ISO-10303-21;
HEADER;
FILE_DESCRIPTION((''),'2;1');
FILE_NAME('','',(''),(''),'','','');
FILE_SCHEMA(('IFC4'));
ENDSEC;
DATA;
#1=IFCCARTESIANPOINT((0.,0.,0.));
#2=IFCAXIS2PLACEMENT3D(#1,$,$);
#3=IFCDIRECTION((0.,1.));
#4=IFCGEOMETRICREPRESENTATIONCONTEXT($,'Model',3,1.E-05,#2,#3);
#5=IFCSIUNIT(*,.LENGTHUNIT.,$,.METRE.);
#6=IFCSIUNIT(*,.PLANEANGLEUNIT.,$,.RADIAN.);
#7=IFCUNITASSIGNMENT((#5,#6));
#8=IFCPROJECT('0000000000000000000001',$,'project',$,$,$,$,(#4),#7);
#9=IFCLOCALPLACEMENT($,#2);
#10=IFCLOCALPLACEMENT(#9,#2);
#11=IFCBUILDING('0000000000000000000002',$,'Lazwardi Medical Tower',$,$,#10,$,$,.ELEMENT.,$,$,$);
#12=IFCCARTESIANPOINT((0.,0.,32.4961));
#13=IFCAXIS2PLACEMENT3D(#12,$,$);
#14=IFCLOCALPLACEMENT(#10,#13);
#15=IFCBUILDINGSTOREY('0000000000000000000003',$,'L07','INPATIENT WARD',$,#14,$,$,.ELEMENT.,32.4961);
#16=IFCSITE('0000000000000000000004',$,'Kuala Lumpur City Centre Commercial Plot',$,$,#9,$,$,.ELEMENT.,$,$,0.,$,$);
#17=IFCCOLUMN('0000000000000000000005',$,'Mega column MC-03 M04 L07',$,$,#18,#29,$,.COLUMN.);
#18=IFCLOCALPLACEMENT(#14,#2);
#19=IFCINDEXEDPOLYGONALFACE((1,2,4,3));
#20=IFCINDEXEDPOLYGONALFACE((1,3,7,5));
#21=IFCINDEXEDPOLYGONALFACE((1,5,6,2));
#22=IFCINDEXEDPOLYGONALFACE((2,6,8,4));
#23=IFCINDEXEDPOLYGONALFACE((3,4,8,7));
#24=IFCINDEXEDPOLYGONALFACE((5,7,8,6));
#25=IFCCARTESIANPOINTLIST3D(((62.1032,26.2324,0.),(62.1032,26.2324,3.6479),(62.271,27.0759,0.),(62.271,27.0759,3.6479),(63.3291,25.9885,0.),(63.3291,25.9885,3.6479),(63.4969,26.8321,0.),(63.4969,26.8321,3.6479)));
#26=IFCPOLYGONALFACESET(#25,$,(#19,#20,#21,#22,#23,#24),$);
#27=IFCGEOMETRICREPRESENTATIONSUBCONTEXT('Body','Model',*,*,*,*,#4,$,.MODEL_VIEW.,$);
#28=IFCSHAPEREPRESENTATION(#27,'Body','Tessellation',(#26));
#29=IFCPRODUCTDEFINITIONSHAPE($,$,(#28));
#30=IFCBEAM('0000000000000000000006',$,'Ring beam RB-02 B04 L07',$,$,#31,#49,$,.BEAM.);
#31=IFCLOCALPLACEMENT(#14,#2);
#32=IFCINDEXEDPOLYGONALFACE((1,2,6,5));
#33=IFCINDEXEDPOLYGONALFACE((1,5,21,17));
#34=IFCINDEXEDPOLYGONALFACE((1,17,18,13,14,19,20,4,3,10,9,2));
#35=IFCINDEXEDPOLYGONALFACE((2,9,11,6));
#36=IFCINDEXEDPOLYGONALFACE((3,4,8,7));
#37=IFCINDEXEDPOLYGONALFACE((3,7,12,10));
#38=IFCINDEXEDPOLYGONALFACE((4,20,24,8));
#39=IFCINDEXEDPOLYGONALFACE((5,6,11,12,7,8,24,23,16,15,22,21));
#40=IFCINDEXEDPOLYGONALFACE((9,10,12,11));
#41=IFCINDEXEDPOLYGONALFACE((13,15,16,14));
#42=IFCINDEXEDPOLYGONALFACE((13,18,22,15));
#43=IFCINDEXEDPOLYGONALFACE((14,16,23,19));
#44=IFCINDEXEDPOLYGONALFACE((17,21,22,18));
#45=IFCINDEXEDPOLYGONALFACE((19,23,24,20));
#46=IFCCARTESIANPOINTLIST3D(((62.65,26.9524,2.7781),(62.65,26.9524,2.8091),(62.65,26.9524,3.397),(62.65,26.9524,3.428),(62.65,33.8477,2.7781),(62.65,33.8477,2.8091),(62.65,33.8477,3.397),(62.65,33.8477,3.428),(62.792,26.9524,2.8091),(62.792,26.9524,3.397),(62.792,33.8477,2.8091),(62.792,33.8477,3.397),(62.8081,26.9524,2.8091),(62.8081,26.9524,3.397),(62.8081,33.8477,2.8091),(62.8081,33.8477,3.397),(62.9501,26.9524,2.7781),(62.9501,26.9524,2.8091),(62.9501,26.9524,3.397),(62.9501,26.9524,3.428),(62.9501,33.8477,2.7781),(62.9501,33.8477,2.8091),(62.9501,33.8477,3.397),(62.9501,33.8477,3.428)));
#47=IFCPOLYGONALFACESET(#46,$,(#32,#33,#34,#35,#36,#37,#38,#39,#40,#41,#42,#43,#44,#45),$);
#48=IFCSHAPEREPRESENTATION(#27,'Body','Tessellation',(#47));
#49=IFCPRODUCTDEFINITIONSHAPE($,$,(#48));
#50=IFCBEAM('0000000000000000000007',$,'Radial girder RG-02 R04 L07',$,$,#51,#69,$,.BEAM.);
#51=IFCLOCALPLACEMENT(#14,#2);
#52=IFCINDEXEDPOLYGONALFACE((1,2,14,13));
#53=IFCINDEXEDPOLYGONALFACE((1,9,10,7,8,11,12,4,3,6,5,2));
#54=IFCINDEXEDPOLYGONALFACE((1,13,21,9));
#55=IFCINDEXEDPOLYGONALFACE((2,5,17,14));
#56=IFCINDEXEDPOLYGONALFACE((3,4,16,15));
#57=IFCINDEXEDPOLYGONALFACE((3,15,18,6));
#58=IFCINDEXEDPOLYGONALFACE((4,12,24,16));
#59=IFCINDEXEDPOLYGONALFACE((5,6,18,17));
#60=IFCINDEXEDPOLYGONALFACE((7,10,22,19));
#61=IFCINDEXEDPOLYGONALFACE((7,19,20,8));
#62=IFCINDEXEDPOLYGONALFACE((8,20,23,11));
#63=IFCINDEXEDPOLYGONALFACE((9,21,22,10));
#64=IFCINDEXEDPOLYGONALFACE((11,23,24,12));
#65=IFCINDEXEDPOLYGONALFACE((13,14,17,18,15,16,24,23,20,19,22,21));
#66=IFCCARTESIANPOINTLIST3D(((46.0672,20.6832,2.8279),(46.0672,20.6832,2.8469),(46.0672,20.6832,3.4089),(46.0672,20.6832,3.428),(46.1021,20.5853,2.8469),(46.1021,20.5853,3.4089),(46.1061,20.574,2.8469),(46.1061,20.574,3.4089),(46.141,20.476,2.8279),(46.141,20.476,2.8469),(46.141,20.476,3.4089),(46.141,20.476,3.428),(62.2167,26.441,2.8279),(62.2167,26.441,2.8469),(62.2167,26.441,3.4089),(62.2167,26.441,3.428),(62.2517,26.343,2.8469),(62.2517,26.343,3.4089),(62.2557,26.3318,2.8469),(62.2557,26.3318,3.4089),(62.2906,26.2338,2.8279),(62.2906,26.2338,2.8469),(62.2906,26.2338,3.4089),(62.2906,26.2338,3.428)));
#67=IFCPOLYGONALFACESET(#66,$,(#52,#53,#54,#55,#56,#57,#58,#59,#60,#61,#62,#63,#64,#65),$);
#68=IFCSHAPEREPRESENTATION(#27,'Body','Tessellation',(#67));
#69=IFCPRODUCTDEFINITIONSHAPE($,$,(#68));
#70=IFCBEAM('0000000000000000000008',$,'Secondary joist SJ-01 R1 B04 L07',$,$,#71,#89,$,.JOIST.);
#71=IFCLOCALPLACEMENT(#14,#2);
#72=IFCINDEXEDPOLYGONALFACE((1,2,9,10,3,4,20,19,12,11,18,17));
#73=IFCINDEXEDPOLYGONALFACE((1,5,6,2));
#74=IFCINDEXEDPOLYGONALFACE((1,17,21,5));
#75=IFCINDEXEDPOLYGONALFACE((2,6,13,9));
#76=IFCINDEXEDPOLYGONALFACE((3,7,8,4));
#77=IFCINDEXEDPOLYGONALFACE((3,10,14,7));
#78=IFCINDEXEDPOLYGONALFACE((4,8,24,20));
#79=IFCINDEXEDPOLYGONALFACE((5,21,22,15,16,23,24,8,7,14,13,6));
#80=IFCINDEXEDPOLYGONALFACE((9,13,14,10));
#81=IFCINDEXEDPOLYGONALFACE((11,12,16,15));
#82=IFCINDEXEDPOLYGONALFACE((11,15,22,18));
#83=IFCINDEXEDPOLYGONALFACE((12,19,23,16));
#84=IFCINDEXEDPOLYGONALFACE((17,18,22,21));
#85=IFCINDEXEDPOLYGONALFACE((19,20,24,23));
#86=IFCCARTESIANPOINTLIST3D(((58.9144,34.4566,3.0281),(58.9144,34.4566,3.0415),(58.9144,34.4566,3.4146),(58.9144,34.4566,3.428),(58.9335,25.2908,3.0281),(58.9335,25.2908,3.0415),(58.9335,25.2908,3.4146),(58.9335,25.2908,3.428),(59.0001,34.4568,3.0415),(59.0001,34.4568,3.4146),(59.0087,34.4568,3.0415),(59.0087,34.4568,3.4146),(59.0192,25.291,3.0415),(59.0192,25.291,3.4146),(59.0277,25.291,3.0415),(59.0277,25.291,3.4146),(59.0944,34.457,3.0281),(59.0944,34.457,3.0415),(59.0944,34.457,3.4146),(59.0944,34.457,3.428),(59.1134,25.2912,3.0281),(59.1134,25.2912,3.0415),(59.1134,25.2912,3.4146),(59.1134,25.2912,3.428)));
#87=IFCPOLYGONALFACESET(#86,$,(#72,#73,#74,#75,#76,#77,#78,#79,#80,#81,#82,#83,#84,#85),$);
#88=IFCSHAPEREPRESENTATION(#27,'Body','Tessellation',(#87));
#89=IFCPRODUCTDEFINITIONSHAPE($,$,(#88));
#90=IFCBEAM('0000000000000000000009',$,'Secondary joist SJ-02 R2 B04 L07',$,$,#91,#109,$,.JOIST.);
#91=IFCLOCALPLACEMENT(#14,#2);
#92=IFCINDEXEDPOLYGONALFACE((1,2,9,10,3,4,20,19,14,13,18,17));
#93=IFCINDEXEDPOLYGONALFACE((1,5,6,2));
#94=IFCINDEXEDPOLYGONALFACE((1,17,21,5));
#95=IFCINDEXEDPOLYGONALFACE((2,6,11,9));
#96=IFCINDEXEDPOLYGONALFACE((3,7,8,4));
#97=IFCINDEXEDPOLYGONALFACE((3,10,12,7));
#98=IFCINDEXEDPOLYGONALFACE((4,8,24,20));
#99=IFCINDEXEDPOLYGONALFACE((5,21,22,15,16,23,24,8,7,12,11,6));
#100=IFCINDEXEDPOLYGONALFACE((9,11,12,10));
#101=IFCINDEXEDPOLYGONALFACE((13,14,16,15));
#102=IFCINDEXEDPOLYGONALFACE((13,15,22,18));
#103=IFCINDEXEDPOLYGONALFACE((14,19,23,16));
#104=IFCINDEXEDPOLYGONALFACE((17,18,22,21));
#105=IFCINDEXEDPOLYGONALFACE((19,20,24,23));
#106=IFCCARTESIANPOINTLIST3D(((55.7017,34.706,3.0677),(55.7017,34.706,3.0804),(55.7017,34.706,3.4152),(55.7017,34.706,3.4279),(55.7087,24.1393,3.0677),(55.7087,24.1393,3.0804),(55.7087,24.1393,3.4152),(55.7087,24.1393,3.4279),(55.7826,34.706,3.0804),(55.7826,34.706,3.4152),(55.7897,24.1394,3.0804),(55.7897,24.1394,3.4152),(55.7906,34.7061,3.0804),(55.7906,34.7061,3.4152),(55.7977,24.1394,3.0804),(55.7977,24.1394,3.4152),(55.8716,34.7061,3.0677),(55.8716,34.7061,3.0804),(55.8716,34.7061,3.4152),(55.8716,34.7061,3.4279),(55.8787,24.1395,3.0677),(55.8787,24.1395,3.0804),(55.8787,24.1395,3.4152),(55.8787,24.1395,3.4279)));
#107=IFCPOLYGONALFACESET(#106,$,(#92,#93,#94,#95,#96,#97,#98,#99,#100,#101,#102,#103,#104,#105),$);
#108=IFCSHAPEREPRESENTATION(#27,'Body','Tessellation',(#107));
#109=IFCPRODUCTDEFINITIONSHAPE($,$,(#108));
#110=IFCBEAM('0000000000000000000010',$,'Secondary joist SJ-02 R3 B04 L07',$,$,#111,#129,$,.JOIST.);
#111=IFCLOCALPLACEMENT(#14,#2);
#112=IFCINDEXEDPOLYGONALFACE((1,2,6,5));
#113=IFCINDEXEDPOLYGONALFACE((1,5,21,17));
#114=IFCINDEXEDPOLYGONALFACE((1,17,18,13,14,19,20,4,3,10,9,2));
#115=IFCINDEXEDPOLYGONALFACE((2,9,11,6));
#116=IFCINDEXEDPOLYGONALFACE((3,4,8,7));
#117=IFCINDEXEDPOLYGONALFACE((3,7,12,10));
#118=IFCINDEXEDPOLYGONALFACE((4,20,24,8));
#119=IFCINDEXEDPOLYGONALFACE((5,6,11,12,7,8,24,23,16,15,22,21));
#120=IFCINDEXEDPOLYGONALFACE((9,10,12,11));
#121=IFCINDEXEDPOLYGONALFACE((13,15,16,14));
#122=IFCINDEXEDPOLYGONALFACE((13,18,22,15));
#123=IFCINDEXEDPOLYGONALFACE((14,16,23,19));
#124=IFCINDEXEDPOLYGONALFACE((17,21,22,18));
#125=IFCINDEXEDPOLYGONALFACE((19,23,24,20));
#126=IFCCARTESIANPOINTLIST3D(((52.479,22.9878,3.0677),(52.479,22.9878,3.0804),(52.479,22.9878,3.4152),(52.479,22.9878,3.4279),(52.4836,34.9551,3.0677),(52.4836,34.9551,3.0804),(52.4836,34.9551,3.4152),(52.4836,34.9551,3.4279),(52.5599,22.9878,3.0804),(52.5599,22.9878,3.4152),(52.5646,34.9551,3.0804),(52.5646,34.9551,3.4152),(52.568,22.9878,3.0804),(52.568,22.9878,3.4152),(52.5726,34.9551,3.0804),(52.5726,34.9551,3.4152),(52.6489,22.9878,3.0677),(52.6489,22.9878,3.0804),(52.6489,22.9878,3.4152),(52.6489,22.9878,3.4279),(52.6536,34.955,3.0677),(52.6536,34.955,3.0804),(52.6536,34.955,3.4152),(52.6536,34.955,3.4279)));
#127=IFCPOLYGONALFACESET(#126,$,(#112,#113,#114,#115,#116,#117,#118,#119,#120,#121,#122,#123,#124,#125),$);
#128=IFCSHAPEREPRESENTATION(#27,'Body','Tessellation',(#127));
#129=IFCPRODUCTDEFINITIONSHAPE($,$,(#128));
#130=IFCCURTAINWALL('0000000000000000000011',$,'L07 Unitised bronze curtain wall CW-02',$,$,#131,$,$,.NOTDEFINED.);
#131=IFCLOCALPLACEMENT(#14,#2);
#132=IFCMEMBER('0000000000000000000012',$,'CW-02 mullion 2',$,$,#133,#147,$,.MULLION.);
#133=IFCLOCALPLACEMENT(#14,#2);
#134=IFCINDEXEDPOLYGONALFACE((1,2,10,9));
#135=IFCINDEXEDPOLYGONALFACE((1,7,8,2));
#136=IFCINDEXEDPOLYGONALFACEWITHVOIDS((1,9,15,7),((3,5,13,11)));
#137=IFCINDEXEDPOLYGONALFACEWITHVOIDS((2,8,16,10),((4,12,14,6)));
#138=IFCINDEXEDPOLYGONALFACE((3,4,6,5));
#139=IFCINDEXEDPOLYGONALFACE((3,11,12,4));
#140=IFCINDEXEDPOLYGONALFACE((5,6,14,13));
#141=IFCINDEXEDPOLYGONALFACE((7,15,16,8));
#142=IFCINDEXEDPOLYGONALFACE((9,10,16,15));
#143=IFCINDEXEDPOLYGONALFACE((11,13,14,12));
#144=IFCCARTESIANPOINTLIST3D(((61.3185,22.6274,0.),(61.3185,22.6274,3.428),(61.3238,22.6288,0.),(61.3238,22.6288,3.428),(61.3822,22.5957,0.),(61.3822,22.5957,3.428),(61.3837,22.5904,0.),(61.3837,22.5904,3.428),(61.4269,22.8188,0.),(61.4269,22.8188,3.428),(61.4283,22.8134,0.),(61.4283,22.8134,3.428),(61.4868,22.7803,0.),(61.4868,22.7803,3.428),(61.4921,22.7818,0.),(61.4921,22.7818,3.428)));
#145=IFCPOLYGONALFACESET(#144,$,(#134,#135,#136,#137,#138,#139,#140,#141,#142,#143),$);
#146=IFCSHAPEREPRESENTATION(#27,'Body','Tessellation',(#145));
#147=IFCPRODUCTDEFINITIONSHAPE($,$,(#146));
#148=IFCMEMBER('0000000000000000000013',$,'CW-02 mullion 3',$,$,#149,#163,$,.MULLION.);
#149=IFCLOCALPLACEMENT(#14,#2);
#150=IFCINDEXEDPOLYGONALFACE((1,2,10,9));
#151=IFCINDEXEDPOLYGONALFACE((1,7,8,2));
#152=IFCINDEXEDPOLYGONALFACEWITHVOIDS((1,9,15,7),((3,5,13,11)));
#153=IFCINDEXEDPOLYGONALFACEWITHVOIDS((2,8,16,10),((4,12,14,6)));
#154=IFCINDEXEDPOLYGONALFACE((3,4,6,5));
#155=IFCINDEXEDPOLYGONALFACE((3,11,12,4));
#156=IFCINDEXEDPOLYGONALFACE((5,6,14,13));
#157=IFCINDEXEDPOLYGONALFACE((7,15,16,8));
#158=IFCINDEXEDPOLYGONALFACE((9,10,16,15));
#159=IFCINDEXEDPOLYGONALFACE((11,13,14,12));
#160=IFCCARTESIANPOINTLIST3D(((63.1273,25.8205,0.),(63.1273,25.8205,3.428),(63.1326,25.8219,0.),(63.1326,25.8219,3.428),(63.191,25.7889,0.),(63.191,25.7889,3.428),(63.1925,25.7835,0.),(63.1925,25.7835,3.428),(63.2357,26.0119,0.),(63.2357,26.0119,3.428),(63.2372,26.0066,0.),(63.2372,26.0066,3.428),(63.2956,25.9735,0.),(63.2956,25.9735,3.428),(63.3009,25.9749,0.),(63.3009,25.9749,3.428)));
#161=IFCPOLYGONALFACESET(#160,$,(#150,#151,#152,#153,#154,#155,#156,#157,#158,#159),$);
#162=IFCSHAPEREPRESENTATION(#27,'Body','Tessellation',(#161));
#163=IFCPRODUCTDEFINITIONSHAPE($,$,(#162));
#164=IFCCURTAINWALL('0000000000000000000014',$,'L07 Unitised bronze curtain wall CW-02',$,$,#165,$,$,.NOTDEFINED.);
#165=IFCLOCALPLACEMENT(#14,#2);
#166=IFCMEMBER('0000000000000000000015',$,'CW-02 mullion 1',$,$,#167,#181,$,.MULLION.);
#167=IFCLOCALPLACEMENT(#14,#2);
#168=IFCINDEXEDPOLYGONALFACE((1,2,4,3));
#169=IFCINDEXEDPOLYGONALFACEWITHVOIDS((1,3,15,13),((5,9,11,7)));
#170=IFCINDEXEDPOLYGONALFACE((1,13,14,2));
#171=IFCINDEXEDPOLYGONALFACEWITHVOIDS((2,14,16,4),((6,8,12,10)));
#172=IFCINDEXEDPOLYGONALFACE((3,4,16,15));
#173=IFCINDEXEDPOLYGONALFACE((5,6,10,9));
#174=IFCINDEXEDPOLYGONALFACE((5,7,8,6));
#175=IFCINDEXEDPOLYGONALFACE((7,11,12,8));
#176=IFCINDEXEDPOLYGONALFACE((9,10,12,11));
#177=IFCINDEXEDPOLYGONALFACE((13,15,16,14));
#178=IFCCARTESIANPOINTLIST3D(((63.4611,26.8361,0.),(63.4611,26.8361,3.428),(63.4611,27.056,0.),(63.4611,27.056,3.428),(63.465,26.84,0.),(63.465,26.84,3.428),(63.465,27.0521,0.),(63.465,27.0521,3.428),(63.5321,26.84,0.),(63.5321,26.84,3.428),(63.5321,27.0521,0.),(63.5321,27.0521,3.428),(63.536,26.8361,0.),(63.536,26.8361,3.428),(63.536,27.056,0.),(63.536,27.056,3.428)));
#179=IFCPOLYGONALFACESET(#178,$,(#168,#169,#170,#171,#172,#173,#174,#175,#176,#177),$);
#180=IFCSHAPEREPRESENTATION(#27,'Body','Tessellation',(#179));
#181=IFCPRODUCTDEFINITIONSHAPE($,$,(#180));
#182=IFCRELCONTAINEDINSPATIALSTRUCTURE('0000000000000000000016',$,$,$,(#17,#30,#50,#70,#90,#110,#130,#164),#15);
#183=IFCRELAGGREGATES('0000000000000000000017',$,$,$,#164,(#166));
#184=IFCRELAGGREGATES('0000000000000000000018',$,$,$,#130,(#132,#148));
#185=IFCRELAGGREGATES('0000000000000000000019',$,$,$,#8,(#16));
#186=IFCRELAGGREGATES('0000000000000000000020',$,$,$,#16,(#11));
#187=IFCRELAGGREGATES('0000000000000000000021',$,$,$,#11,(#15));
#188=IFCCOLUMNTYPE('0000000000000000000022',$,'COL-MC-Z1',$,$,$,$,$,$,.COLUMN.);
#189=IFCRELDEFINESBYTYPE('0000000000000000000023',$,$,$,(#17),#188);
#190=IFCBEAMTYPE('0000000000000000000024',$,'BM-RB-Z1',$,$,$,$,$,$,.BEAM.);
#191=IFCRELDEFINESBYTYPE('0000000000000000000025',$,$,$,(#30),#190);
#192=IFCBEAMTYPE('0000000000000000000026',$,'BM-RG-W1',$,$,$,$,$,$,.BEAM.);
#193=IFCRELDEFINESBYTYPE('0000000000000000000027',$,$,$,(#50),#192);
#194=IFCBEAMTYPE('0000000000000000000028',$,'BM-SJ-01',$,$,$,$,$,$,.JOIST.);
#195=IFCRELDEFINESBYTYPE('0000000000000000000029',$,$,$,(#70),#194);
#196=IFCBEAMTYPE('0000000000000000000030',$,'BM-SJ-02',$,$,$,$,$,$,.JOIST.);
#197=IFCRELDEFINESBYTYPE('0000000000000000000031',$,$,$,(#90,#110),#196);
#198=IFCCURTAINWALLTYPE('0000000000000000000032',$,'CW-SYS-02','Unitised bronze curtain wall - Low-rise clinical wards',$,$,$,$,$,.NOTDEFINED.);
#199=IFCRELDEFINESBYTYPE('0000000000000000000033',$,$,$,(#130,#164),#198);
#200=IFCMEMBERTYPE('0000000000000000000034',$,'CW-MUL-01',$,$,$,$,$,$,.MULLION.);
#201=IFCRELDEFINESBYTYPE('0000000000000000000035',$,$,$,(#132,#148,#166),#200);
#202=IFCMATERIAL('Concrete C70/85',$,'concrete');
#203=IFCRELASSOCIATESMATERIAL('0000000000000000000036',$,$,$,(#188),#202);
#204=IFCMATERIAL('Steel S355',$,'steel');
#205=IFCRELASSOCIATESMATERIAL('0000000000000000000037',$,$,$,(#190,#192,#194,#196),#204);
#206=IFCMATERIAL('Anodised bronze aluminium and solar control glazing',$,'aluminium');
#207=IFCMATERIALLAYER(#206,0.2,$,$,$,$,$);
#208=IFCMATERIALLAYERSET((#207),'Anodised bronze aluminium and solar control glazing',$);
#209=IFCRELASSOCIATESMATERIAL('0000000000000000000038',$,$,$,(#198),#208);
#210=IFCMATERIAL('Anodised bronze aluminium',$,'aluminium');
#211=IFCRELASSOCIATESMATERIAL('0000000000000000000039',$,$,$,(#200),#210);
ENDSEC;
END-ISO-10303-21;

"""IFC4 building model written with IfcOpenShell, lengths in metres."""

from ifc_helpers import new_model, si_unit, direction, frame, origin, origin_2d, place, context, subcontext, project, spatial, rectangle, hollow_rectangle, i_section, extrude, material, layer, layer_set, material_profile, profile_set, type_object, element, aggregate, save


model = new_model("IFC4")

# Units and contexts
model_context = context("Model", 3, precision=1e-05, world=origin(), true_north=direction((0.0, 1.0)))
body_context = subcontext(model_context, "Body", "Model", "MODEL_VIEW")
ifc_project = project(units=[si_unit("LENGTHUNIT", "METRE"), si_unit("PLANEANGLEUNIT", "RADIAN")], contexts=[model_context])

# Site, building, storey
site_placement = place(None, origin())
site = spatial("IfcSite", under=ifc_project, at=site_placement, Name="Kuala Lumpur City Centre Commercial Plot", CompositionType="ELEMENT", RefElevation=0.0)
building_placement = place(site_placement, origin())
building = spatial("IfcBuilding", under=site, at=building_placement, Name="Lazwardi Medical Tower", CompositionType="ELEMENT")
storey_placement = place(building_placement, frame((0.0, 0.0, 32.4961)))
storey = spatial("IfcBuildingStorey", under=building, at=storey_placement, Name="L07", Description="INPATIENT WARD", CompositionType="ELEMENT", Elevation=32.4961)

# Column
ifc_material_1 = material(Name="Concrete C70/85", Category="concrete")
ifc_material_profile_1 = material_profile(ifc_material_1, rectangle(XDim=1.25, YDim=0.8601, at=origin_2d()), Name="CFT-RECT 1250x860")
ifc_profile_set_1 = profile_set([ifc_material_profile_1], Name="Concrete C70/85")
column_type = type_object("IfcColumnType", Name="COL-MC-Z1", PredefinedType="COLUMN", material=ifc_profile_set_1)
column_placement = place(storey_placement, frame((62.8, 26.5322, 0.0), z_axis=(0.0, 0.0, 1.0), x_axis=(0.980785, -0.19509, 0.0)))
element("IfcColumn", 1, at=column_placement, inside=storey, type_object=column_type, Name="Mega column MC-03 M04 L07", PredefinedType="COLUMN", context=body_context, shape_type="SweptSolid", body=[
    extrude(rectangle(XDim=1.25, YDim=0.8601, at=origin_2d()), origin(), (0.0, 0.0, 1.0), 3.6479),
])

# Beams
ifc_material_2 = material(Name="Steel S355", Category="steel")
ifc_material_profile_2 = material_profile(ifc_material_2, i_section(OverallWidth=0.3, OverallDepth=0.6499, WebThickness=0.0161, FlangeThickness=0.031, at=origin_2d()), Name="HEB 650")
ifc_profile_set_2 = profile_set([ifc_material_profile_2], Name="Steel S355")
beam_type_1 = type_object("IfcBeamType", Name="BM-RB-Z1", PredefinedType="BEAM", material=ifc_profile_set_2)
beam_1_placement = place(storey_placement, frame((62.8, 26.9524, 3.103), z_axis=(0.0, 1.0, 0.0), x_axis=(-1.0, 0.0, 0.0)))
element("IfcBeam", 2, at=beam_1_placement, inside=storey, type_object=beam_type_1, Name="Ring beam RB-02 B04 L07", PredefinedType="BEAM", context=body_context, shape_type="SweptSolid", body=[
    extrude(i_section(OverallWidth=0.3, OverallDepth=0.6499, WebThickness=0.0161, FlangeThickness=0.031, at=origin_2d()), origin(), (0.0, 0.0, 1.0), 6.8953),
])
ifc_material_profile_3 = material_profile(ifc_material_2, i_section(OverallWidth=0.22, OverallDepth=0.6001, WebThickness=0.012, FlangeThickness=0.019, at=origin_2d()), Name="IPE 600")
ifc_profile_set_3 = profile_set([ifc_material_profile_3], Name="Steel S355")
beam_type_2 = type_object("IfcBeamType", Name="BM-RG-W1", PredefinedType="BEAM", material=ifc_profile_set_3)
beam_2_placement = place(storey_placement, frame((62.2537, 26.3374, 3.1279), z_axis=(-0.941925, -0.335823, 0.0), x_axis=(0.335823, -0.941925, 0.0)))
element("IfcBeam", 3, at=beam_2_placement, inside=storey, type_object=beam_type_2, Name="Radial girder RG-02 R04 L07", PredefinedType="BEAM", context=body_context, shape_type="SweptSolid", body=[
    extrude(i_section(OverallWidth=0.22, OverallDepth=0.6001, WebThickness=0.012, FlangeThickness=0.019, at=origin_2d()), origin(), (0.0, 0.0, 1.0), 17.1453),
])
ifc_material_profile_4 = material_profile(ifc_material_2, i_section(OverallWidth=0.1799, OverallDepth=0.3999, WebThickness=0.0085, FlangeThickness=0.0134, at=origin_2d()), Name="IPE 400")
ifc_profile_set_4 = profile_set([ifc_material_profile_4], Name="Steel S355")
beam_type_3 = type_object("IfcBeamType", Name="BM-SJ-01", PredefinedType="JOIST", material=ifc_profile_set_4)
beam_3_placement = place(storey_placement, frame((59.0234, 25.291, 3.228), z_axis=(-0.002078, 0.999998, 0.0), x_axis=(-0.999998, -0.002078, 0.0)))
element("IfcBeam", 4, at=beam_3_placement, inside=storey, type_object=beam_type_3, Name="Secondary joist SJ-01 R1 B04 L07", PredefinedType="JOIST", context=body_context, shape_type="SweptSolid", body=[
    extrude(i_section(OverallWidth=0.1799, OverallDepth=0.3999, WebThickness=0.0085, FlangeThickness=0.0134, at=origin_2d()), origin(), (0.0, 0.0, 1.0), 9.1658),
])
ifc_material_profile_5 = material_profile(ifc_material_2, i_section(OverallWidth=0.1699, OverallDepth=0.3601, WebThickness=0.0081, FlangeThickness=0.0127, at=origin_2d()), Name="IPE 360")
ifc_profile_set_5 = profile_set([ifc_material_profile_5], Name="Steel S355")
beam_type_4 = type_object("IfcBeamType", Name="BM-SJ-02", PredefinedType="JOIST", material=ifc_profile_set_5)
beam_4_placement = place(storey_placement, frame((55.7937, 24.1394, 3.2478), z_axis=(-0.00067, 1.0, 0.0), x_axis=(-1.0, -0.00067, 0.0)))
element("IfcBeam", 5, at=beam_4_placement, inside=storey, type_object=beam_type_4, Name="Secondary joist SJ-02 R2 B04 L07", PredefinedType="JOIST", context=body_context, shape_type="SweptSolid", body=[
    extrude(i_section(OverallWidth=0.1699, OverallDepth=0.3601, WebThickness=0.0081, FlangeThickness=0.0127, at=origin_2d()), origin(), (0.0, 0.0, 1.0), 10.5667),
])
beam_5_placement = place(storey_placement, frame((52.564, 22.9878, 3.2478), z_axis=(0.000388, 1.0, 0.0), x_axis=(-1.0, 0.000388, 0.0)))
element("IfcBeam", 6, at=beam_5_placement, inside=storey, type_object=beam_type_4, Name="Secondary joist SJ-02 R3 B04 L07", PredefinedType="JOIST", context=body_context, shape_type="SweptSolid", body=[
    extrude(i_section(OverallWidth=0.1699, OverallDepth=0.3601, WebThickness=0.0081, FlangeThickness=0.0127, at=origin_2d()), origin(), (0.0, 0.0, 1.0), 11.9673),
])

# Curtain wall, members
ifc_material_3 = material(Name="Anodised bronze aluminium and solar control glazing", Category="aluminium")
ifc_layer_1 = layer(ifc_material_3, 0.2)
ifc_layer_set_1 = layer_set([ifc_layer_1], Name="Anodised bronze aluminium and solar control glazing")
curtain_wall_type = type_object("IfcCurtainWallType", Name="CW-SYS-02", Description="Unitised bronze curtain wall - Low-rise clinical wards", PredefinedType="NOTDEFINED", material=ifc_layer_set_1)
curtain_wall_1_placement = place(storey_placement, origin())
curtain_wall_1 = element("IfcCurtainWall", 7, at=curtain_wall_1_placement, inside=storey, type_object=curtain_wall_type, Name="L07 Unitised bronze curtain wall CW-02", PredefinedType="NOTDEFINED")
ifc_material_4 = material(Name="Anodised bronze aluminium", Category="aluminium")
ifc_material_profile_6 = material_profile(ifc_material_4, hollow_rectangle(XDim=0.075, YDim=0.22, WallThickness=0.0039, at=origin_2d()), Name="ALU-MULLION 220x75x4")
ifc_profile_set_6 = profile_set([ifc_material_profile_6], Name="Anodised bronze aluminium")
member_type_1 = type_object("IfcMemberType", Name="CW-MUL-01", PredefinedType="MULLION", material=ifc_profile_set_6)
member_1_placement = place(storey_placement, frame((61.4053, 22.7046, 0.0), z_axis=(0.0, 0.0, 1.0), x_axis=(-0.870112, 0.492854, 0.0)))
member_1 = element("IfcMember", 8, at=member_1_placement, type_object=member_type_1, Name="CW-02 mullion 2", PredefinedType="MULLION", context=body_context, shape_type="SweptSolid", body=[
    extrude(hollow_rectangle(XDim=0.075, YDim=0.22, WallThickness=0.0039, at=origin_2d()), origin(), (0.0, 0.0, 1.0), 3.428),
])
member_2_placement = place(storey_placement, frame((63.2141, 25.8977, 0.0), z_axis=(0.0, 0.0, 1.0), x_axis=(-0.870112, 0.492854, 0.0)))
member_2 = element("IfcMember", 9, at=member_2_placement, type_object=member_type_1, Name="CW-02 mullion 3", PredefinedType="MULLION", context=body_context, shape_type="SweptSolid", body=[
    extrude(hollow_rectangle(XDim=0.075, YDim=0.22, WallThickness=0.0039, at=origin_2d()), origin(), (0.0, 0.0, 1.0), 3.428),
])

# Curtain wall, member
curtain_wall_2_placement = place(storey_placement, origin())
curtain_wall_2 = element("IfcCurtainWall", 10, at=curtain_wall_2_placement, inside=storey, type_object=curtain_wall_type, Name="L07 Unitised bronze curtain wall CW-02", PredefinedType="NOTDEFINED")
member_3_placement = place(storey_placement, frame((63.4985, 26.946, 0.0), z_axis=(0.0, 0.0, 1.0), x_axis=(-1.0, 0.0, 0.0)))
member_3 = element("IfcMember", 11, at=member_3_placement, type_object=member_type_1, Name="CW-02 mullion 1", PredefinedType="MULLION", context=body_context, shape_type="SweptSolid", body=[
    extrude(hollow_rectangle(XDim=0.075, YDim=0.22, WallThickness=0.0039, at=origin_2d()), origin(), (0.0, 0.0, 1.0), 3.428),
])

aggregate(curtain_wall_2, [member_3])

aggregate(curtain_wall_1, [member_1, member_2])

save(model, "model.ifc")
